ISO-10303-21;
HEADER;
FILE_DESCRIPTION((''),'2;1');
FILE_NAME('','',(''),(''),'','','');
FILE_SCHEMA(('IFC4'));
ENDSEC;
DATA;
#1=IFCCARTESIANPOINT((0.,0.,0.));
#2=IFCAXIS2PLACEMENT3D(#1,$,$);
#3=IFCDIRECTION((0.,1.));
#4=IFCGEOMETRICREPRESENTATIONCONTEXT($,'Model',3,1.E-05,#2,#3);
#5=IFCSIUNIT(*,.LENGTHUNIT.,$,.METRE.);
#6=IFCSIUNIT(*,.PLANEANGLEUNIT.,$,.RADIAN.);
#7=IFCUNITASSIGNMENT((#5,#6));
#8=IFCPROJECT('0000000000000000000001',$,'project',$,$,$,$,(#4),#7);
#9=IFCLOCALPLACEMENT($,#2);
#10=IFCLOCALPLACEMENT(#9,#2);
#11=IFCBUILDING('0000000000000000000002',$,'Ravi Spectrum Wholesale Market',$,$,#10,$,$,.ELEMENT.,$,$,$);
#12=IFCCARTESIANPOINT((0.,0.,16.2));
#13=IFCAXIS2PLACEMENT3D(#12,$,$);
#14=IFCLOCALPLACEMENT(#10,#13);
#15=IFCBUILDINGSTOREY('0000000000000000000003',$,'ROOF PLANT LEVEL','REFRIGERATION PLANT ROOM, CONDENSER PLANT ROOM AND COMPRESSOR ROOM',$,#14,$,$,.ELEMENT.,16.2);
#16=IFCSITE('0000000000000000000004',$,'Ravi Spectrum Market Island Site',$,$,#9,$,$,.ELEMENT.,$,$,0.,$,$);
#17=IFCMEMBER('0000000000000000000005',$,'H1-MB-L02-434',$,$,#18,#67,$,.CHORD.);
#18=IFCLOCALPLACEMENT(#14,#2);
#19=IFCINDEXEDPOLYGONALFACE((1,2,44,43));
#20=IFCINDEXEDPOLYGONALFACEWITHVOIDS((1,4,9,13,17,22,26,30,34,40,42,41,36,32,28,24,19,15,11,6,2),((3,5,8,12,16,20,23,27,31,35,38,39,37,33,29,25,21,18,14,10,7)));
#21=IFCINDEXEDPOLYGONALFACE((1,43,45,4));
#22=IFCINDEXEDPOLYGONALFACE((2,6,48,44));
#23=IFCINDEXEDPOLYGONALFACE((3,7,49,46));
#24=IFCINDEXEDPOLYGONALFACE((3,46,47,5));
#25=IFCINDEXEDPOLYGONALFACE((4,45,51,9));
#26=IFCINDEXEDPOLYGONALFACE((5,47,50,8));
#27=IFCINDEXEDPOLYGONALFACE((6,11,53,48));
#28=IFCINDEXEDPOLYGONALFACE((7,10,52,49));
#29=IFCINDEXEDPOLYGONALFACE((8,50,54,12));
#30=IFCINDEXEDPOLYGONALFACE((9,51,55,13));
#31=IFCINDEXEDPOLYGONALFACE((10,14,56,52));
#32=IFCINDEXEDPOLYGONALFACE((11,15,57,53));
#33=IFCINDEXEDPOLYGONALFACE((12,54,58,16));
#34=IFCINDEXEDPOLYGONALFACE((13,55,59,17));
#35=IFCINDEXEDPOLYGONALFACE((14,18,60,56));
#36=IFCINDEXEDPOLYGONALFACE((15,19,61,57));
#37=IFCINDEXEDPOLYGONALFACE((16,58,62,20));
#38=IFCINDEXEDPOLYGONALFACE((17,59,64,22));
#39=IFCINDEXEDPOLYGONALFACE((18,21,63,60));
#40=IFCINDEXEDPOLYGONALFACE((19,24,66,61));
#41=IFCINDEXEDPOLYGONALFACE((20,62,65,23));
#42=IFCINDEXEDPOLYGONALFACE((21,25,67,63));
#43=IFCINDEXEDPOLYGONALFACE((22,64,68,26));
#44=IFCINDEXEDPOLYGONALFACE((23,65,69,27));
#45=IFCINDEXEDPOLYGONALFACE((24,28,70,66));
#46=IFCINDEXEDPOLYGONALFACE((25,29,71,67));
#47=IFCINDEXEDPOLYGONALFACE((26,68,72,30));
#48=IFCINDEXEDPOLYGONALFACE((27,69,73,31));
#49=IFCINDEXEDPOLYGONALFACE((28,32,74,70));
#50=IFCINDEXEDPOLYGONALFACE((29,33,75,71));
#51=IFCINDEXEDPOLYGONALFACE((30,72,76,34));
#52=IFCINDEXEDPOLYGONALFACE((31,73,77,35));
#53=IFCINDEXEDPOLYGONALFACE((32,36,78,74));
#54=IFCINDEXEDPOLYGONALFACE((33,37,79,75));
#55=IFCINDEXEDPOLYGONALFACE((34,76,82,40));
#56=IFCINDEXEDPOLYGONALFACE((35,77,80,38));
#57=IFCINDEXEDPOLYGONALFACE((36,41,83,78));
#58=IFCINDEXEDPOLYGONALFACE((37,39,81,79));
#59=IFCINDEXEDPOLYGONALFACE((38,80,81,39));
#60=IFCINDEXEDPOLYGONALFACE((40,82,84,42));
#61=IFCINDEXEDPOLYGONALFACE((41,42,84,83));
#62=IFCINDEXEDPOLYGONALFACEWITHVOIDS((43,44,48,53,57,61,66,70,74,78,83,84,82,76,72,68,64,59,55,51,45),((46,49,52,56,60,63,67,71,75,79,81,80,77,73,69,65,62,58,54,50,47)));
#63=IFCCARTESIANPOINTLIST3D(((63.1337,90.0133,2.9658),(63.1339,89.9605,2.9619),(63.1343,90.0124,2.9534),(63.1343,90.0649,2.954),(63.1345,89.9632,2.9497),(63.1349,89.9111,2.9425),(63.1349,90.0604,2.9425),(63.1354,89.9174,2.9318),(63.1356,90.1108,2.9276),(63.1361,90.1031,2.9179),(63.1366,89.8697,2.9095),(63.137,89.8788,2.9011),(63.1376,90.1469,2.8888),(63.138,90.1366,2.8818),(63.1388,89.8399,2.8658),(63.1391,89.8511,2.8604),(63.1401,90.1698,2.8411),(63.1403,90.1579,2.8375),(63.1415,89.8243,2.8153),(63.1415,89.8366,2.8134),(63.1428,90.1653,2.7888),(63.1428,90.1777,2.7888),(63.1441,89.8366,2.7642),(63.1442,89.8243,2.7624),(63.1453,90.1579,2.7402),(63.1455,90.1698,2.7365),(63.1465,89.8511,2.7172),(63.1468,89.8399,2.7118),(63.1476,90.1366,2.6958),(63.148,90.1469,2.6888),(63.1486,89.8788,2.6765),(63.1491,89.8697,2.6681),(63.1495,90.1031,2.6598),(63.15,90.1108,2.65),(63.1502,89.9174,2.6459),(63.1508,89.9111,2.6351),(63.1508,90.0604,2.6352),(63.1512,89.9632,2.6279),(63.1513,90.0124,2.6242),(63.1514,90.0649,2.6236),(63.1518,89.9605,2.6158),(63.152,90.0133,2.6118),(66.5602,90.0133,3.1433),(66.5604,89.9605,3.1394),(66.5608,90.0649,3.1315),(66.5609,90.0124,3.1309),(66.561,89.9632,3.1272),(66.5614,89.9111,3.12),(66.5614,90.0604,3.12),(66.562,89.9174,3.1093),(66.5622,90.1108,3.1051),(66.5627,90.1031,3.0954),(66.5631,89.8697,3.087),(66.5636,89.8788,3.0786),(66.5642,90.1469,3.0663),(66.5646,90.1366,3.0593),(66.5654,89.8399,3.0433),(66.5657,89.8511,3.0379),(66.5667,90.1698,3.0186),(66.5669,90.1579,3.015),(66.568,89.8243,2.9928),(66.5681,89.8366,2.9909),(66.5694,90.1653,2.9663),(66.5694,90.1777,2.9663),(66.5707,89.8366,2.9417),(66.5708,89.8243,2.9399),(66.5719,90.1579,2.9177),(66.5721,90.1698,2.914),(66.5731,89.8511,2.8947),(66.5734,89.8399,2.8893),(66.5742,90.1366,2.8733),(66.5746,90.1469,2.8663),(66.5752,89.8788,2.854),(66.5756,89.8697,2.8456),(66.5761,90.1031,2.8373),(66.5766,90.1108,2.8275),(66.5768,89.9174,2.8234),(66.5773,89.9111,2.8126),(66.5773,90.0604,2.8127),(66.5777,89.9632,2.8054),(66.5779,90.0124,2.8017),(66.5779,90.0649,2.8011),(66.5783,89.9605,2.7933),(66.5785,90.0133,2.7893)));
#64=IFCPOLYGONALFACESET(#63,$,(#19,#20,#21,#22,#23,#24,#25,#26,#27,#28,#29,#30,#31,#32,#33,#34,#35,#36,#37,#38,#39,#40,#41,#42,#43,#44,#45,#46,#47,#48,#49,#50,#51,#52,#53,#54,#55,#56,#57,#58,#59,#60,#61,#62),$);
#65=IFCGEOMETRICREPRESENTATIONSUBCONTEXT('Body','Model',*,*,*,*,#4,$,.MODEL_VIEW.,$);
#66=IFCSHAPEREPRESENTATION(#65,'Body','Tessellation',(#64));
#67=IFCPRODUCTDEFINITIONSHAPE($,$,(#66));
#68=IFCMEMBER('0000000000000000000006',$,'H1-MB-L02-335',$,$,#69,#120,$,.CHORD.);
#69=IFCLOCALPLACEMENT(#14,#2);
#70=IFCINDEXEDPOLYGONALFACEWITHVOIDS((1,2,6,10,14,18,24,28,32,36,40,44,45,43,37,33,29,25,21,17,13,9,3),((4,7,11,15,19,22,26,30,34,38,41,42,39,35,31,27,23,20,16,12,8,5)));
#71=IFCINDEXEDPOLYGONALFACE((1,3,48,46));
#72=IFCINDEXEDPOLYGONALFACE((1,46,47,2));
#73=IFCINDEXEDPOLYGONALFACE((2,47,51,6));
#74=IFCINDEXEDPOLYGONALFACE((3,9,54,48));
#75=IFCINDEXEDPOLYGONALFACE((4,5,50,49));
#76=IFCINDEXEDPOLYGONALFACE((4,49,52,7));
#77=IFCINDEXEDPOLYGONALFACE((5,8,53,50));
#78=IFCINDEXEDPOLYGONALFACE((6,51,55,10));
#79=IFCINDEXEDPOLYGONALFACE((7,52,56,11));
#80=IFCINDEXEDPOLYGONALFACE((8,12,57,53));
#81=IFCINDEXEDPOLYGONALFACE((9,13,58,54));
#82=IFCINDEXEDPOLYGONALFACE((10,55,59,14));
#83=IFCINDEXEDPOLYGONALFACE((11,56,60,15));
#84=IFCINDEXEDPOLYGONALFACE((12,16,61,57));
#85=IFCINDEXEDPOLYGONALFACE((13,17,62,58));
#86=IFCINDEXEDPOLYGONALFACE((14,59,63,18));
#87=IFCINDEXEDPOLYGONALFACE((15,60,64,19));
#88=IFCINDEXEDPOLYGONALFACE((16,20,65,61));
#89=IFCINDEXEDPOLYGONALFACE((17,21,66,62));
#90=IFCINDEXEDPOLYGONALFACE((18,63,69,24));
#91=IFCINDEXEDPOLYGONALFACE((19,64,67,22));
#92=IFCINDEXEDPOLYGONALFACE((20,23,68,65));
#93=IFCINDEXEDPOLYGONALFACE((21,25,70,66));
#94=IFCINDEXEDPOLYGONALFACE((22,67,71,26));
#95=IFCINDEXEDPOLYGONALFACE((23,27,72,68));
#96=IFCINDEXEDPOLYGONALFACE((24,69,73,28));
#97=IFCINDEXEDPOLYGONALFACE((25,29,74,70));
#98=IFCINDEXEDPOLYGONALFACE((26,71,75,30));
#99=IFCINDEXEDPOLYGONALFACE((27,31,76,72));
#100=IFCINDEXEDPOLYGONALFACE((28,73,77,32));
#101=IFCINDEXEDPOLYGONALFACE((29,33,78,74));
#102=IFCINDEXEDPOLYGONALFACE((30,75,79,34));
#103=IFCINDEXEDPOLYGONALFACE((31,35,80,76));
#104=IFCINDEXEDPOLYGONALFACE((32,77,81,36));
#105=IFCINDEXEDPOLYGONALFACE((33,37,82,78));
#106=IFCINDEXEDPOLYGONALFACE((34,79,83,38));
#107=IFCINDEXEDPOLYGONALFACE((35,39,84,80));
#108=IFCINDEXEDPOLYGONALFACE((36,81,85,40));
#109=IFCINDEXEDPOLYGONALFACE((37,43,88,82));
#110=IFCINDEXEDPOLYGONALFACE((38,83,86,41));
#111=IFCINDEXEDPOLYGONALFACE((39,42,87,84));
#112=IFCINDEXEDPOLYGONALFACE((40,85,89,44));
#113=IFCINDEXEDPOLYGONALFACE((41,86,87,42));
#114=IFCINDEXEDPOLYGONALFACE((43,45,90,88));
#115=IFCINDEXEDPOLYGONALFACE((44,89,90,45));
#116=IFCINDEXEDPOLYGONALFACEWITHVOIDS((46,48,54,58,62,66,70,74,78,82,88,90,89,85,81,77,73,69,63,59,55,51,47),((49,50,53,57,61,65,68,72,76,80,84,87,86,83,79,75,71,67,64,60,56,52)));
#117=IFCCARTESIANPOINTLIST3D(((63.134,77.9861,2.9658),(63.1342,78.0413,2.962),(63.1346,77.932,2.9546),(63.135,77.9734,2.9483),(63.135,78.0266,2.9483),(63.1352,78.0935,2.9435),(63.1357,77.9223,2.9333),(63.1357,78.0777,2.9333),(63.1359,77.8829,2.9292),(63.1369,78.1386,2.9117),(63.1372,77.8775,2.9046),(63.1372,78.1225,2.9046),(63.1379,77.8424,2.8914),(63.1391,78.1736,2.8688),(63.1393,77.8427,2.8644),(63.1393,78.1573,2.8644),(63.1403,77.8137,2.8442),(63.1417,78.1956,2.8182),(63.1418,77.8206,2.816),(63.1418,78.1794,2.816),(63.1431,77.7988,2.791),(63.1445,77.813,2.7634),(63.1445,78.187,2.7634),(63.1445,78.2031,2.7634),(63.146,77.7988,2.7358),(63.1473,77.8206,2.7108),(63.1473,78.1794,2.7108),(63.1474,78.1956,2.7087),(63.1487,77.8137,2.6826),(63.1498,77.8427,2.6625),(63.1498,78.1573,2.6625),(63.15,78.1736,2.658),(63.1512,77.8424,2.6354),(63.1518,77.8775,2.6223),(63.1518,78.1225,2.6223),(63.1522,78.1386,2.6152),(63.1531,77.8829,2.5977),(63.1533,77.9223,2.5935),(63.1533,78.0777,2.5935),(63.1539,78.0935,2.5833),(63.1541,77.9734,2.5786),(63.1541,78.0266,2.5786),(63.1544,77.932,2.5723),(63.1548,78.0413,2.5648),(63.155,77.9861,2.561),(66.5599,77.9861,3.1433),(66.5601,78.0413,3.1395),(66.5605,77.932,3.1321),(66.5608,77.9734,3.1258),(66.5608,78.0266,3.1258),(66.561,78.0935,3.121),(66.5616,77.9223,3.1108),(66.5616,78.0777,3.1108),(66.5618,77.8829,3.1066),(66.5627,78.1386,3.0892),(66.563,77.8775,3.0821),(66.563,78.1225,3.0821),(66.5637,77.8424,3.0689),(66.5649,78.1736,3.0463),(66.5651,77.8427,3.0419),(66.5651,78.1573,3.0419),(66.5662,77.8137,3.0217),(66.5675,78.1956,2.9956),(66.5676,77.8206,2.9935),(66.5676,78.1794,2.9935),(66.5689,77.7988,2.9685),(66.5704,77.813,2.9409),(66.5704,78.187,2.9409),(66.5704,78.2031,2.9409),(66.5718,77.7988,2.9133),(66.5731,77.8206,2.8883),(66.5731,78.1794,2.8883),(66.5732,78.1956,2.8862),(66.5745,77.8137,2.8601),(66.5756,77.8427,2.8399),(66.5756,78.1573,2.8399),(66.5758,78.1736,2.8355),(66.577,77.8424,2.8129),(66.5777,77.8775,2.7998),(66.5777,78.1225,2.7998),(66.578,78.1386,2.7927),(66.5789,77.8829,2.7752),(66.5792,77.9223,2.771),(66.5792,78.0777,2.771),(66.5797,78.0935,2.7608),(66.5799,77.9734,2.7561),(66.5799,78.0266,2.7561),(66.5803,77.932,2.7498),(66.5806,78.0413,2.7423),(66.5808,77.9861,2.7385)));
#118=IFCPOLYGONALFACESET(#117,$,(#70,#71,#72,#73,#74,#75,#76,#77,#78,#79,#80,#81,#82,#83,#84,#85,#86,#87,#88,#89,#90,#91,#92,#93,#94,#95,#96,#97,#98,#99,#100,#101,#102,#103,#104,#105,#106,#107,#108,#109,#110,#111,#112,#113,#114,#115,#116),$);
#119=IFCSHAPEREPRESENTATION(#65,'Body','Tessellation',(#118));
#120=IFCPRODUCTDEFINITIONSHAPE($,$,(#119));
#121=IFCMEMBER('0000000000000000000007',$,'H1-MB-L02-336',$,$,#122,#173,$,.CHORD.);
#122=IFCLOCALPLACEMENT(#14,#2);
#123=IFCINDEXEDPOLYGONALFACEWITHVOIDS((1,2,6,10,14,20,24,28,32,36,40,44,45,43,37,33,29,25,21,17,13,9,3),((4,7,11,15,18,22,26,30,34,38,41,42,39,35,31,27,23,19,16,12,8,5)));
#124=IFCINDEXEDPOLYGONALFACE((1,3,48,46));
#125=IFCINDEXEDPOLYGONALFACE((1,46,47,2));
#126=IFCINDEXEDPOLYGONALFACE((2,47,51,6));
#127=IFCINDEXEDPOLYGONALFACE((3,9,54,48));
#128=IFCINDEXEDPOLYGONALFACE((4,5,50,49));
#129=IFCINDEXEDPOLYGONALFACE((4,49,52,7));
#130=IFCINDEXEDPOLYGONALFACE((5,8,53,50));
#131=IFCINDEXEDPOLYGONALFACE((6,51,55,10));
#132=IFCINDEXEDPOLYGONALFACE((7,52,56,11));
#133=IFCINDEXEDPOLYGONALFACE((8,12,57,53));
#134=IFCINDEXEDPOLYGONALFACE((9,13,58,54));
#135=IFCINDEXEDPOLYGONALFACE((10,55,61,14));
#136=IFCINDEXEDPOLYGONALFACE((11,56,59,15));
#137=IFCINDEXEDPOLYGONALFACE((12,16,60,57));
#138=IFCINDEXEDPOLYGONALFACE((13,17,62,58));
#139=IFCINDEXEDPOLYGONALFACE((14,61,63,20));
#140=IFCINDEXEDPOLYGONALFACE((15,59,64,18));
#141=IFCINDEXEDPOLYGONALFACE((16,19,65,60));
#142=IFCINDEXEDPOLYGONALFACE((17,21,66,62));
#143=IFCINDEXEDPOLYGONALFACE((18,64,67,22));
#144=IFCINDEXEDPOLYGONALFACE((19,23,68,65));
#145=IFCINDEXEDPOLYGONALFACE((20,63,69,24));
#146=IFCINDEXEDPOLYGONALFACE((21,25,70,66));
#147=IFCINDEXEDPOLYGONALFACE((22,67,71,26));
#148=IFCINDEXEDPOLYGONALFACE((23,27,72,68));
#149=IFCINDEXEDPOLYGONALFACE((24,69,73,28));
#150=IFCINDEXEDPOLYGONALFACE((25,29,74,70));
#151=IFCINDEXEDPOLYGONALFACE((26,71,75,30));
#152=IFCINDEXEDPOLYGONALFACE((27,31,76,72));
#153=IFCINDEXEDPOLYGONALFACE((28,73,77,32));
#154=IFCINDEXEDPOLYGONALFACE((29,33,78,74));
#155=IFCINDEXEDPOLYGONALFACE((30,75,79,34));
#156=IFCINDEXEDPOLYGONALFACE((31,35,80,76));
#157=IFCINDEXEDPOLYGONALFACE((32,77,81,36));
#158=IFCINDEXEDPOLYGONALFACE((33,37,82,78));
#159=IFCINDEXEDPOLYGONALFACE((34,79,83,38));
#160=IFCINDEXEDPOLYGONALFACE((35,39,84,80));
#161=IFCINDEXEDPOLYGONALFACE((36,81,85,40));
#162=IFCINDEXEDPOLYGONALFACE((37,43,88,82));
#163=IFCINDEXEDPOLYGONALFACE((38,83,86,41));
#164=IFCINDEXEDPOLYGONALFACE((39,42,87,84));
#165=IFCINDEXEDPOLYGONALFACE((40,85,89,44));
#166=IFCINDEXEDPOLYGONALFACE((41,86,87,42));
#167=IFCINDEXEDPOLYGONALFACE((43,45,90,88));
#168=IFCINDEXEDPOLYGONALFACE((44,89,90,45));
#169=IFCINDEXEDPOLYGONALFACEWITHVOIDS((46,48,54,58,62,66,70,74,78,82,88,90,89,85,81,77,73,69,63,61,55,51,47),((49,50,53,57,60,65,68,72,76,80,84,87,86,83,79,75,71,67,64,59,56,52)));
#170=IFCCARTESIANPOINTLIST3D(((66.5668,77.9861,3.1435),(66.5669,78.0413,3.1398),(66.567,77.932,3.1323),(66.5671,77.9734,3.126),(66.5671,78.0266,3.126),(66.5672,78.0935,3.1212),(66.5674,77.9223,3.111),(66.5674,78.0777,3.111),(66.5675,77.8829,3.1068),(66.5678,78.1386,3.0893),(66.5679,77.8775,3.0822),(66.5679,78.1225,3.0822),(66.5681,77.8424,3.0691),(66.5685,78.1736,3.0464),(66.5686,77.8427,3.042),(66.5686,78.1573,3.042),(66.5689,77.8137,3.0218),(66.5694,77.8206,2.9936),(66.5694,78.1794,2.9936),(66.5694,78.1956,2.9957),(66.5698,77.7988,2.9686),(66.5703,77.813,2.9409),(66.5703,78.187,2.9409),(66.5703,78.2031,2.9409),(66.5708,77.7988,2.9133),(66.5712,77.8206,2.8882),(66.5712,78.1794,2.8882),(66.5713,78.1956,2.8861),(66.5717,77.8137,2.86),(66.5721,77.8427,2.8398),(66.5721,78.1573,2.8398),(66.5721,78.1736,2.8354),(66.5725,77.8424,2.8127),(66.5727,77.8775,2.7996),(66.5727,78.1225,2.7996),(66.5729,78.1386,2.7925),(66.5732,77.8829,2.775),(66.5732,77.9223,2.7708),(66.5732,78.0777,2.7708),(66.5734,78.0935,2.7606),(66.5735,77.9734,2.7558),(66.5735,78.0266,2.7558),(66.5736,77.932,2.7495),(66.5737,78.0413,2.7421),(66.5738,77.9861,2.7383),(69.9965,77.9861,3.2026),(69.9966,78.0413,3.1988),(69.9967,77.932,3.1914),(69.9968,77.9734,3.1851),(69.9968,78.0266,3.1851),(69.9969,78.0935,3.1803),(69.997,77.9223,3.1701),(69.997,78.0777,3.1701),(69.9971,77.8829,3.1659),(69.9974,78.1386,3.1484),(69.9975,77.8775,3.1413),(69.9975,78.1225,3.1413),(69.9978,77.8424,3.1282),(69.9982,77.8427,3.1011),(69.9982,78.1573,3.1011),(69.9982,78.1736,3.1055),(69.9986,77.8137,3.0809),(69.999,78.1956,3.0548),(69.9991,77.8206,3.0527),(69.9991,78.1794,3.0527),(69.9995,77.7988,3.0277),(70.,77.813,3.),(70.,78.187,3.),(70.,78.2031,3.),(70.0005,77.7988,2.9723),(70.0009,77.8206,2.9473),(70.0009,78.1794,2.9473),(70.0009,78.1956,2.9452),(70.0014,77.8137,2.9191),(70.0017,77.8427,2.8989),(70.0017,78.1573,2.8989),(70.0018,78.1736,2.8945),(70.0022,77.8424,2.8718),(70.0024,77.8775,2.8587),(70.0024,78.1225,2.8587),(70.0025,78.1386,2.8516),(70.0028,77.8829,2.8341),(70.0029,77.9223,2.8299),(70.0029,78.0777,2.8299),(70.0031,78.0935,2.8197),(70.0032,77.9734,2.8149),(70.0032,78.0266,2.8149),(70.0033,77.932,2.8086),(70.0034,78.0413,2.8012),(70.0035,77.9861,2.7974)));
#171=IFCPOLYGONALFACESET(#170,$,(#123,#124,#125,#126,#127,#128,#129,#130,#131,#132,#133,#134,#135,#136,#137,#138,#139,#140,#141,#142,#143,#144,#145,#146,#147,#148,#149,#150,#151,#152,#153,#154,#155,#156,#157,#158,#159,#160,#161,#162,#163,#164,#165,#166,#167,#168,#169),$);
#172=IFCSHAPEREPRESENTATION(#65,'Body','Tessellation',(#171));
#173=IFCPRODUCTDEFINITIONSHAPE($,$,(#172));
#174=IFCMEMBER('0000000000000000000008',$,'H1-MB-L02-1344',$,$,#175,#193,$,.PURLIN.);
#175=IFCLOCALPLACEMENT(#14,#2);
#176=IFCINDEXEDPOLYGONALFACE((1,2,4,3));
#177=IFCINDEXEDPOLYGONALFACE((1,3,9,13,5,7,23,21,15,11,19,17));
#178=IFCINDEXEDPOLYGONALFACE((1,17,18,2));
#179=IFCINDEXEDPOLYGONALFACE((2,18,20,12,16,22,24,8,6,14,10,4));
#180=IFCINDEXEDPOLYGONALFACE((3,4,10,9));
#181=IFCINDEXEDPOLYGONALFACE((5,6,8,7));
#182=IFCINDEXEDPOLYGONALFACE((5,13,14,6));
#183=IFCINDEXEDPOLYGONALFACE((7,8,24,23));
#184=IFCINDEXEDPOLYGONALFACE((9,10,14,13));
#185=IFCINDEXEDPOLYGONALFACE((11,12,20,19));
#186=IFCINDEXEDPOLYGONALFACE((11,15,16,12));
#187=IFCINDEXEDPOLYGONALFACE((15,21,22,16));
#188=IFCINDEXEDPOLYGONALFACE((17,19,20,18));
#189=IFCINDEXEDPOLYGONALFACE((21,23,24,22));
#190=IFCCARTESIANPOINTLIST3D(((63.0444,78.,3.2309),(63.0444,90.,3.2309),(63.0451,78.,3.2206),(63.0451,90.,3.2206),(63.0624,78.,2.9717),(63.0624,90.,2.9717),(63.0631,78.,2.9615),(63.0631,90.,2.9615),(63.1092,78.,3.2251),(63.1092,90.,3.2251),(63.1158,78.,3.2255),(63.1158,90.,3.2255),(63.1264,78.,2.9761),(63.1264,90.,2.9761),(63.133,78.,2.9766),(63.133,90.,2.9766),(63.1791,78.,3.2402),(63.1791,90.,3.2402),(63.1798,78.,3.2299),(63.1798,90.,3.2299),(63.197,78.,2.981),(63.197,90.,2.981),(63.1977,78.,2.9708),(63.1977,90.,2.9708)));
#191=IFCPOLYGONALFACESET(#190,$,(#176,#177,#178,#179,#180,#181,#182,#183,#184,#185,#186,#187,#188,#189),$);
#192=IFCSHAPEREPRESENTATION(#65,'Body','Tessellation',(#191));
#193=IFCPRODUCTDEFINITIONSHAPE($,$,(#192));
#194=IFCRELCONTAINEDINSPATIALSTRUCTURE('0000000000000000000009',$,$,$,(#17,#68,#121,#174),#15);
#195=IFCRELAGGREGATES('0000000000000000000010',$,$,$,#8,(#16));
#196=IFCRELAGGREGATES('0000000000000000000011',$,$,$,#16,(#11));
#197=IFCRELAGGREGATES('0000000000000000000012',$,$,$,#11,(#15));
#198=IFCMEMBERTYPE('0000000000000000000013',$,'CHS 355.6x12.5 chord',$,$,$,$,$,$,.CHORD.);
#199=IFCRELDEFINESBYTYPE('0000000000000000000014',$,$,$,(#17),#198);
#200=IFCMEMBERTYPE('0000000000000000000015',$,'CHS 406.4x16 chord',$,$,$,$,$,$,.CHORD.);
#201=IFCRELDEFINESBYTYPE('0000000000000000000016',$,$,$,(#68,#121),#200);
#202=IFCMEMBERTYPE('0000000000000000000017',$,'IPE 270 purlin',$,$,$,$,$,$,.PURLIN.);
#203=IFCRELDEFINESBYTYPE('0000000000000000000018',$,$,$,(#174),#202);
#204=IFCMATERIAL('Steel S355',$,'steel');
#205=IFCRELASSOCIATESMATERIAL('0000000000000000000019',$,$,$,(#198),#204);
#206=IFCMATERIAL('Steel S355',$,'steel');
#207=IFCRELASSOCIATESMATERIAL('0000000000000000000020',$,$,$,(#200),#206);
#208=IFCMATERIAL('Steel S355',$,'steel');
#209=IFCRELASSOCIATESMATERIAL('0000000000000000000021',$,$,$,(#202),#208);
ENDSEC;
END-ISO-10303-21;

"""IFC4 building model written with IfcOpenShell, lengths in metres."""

from ifc_helpers import new_model, si_unit, direction, frame, origin, origin_2d, place, context, subcontext, project, spatial, hollow_circle, i_section, extrude, material, material_profile, profile_set, type_object, element, save


model = new_model("IFC4")

# Units and contexts
model_context = context("Model", 3, precision=1e-05, world=origin(), true_north=direction((0.0, 1.0)))
body_context = subcontext(model_context, "Body", "Model", "MODEL_VIEW")
ifc_project = project(units=[si_unit("LENGTHUNIT", "METRE"), si_unit("PLANEANGLEUNIT", "RADIAN")], contexts=[model_context])

# Site, building, storey
site_placement = place(None, origin())
site = spatial("IfcSite", under=ifc_project, at=site_placement, Name="Ravi Spectrum Market Island Site", CompositionType="ELEMENT", RefElevation=0.0)
building_placement = place(site_placement, origin())
building = spatial("IfcBuilding", under=site, at=building_placement, Name="Ravi Spectrum Wholesale Market", CompositionType="ELEMENT")
storey_placement = place(building_placement, frame((0.0, 0.0, 16.2)))
storey = spatial("IfcBuildingStorey", under=building, at=storey_placement, Name="ROOF PLANT LEVEL", Description="REFRIGERATION PLANT ROOM, CONDENSER PLANT ROOM AND COMPRESSOR ROOM", CompositionType="ELEMENT", Elevation=16.2)

# Members
ifc_material_1 = material(Name="Steel S355", Category="steel")
ifc_material_profile_1 = material_profile(ifc_material_1, hollow_circle(Radius=0.1777, WallThickness=0.0125, at=origin_2d()))
ifc_profile_set_1 = profile_set([ifc_material_profile_1], Name="Steel S355")
member_type_1 = type_object("IfcMemberType", Name="CHS 355.6x12.5 chord", PredefinedType="CHORD", material=ifc_profile_set_1)
for number, where, z_axis, x_axis, name in (
    (1, (63.1428, 90.0, 2.7888), (0.998661, 0.0, 0.05173), (0.0, 1.0, 0.0), "H1-MB-L02-434"),
):
    element("IfcMember", number, at=place(storey_placement, frame(where, z_axis=z_axis, x_axis=x_axis)), inside=storey, type_object=member_type_1, Name=name, PredefinedType="CHORD", context=body_context, shape_type="SweptSolid", body=[
        extrude(hollow_circle(Radius=0.1777, WallThickness=0.0125, at=origin_2d()), origin(), (0.0, 0.0, 1.0), 3.4312),
    ])
ifc_material_2 = material(Name="Steel S355", Category="steel")
ifc_material_profile_2 = material_profile(ifc_material_2, hollow_circle(Radius=0.2031, WallThickness=0.0161, at=origin_2d()))
ifc_profile_set_2 = profile_set([ifc_material_profile_2], Name="Steel S355")
member_type_2 = type_object("IfcMemberType", Name="CHS 406.4x16 chord", PredefinedType="CHORD", material=ifc_profile_set_2)
member_1_placement = place(storey_placement, frame((63.1445, 78.0, 2.7634), z_axis=(0.998661, 0.0, 0.051741), x_axis=(0.0, 1.0, 0.0)))
element("IfcMember", 2, at=member_1_placement, inside=storey, type_object=member_type_2, Name="H1-MB-L02-335", PredefinedType="CHORD", context=body_context, shape_type="SweptSolid", body=[
    extrude(hollow_circle(Radius=0.2031, WallThickness=0.0161, at=origin_2d()), origin(), (0.0, 0.0, 1.0), 3.4304),
])
member_2_placement = place(storey_placement, frame((66.5703, 78.0, 2.9409), z_axis=(0.999852, 0.0, 0.017224), x_axis=(0.0, 1.0, 0.0)))
element("IfcMember", 3, at=member_2_placement, inside=storey, type_object=member_type_2, Name="H1-MB-L02-336", PredefinedType="CHORD", context=body_context, shape_type="SweptSolid", body=[
    extrude(hollow_circle(Radius=0.2031, WallThickness=0.0161, at=origin_2d()), origin(), (0.0, 0.0, 1.0), 3.4302),
])
ifc_material_3 = material(Name="Steel S355", Category="steel")
ifc_material_profile_3 = material_profile(ifc_material_3, i_section(OverallWidth=0.135, OverallDepth=0.27, WebThickness=0.0066, FlangeThickness=0.0103, at=origin_2d()))
ifc_profile_set_3 = profile_set([ifc_material_profile_3], Name="Steel S355")
member_type_3 = type_object("IfcMemberType", Name="IPE 270 purlin", PredefinedType="PURLIN", material=ifc_profile_set_3)
for number, where, z_axis, x_axis, name in (
    (4, (63.1211, 78.0, 3.1008), (0.0, 1.0, 0.0), (-0.997621, 0.0, -0.068943), "H1-MB-L02-1344"),
):
    element("IfcMember", number, at=place(storey_placement, frame(where, z_axis=z_axis, x_axis=x_axis)), inside=storey, type_object=member_type_3, Name=name, PredefinedType="PURLIN", context=body_context, shape_type="SweptSolid", body=[
        extrude(i_section(OverallWidth=0.135, OverallDepth=0.27, WebThickness=0.0066, FlangeThickness=0.0103, at=origin_2d()), origin(), (0.0, 0.0, 1.0), 12.0),
    ])

save(model, "model.ifc")
